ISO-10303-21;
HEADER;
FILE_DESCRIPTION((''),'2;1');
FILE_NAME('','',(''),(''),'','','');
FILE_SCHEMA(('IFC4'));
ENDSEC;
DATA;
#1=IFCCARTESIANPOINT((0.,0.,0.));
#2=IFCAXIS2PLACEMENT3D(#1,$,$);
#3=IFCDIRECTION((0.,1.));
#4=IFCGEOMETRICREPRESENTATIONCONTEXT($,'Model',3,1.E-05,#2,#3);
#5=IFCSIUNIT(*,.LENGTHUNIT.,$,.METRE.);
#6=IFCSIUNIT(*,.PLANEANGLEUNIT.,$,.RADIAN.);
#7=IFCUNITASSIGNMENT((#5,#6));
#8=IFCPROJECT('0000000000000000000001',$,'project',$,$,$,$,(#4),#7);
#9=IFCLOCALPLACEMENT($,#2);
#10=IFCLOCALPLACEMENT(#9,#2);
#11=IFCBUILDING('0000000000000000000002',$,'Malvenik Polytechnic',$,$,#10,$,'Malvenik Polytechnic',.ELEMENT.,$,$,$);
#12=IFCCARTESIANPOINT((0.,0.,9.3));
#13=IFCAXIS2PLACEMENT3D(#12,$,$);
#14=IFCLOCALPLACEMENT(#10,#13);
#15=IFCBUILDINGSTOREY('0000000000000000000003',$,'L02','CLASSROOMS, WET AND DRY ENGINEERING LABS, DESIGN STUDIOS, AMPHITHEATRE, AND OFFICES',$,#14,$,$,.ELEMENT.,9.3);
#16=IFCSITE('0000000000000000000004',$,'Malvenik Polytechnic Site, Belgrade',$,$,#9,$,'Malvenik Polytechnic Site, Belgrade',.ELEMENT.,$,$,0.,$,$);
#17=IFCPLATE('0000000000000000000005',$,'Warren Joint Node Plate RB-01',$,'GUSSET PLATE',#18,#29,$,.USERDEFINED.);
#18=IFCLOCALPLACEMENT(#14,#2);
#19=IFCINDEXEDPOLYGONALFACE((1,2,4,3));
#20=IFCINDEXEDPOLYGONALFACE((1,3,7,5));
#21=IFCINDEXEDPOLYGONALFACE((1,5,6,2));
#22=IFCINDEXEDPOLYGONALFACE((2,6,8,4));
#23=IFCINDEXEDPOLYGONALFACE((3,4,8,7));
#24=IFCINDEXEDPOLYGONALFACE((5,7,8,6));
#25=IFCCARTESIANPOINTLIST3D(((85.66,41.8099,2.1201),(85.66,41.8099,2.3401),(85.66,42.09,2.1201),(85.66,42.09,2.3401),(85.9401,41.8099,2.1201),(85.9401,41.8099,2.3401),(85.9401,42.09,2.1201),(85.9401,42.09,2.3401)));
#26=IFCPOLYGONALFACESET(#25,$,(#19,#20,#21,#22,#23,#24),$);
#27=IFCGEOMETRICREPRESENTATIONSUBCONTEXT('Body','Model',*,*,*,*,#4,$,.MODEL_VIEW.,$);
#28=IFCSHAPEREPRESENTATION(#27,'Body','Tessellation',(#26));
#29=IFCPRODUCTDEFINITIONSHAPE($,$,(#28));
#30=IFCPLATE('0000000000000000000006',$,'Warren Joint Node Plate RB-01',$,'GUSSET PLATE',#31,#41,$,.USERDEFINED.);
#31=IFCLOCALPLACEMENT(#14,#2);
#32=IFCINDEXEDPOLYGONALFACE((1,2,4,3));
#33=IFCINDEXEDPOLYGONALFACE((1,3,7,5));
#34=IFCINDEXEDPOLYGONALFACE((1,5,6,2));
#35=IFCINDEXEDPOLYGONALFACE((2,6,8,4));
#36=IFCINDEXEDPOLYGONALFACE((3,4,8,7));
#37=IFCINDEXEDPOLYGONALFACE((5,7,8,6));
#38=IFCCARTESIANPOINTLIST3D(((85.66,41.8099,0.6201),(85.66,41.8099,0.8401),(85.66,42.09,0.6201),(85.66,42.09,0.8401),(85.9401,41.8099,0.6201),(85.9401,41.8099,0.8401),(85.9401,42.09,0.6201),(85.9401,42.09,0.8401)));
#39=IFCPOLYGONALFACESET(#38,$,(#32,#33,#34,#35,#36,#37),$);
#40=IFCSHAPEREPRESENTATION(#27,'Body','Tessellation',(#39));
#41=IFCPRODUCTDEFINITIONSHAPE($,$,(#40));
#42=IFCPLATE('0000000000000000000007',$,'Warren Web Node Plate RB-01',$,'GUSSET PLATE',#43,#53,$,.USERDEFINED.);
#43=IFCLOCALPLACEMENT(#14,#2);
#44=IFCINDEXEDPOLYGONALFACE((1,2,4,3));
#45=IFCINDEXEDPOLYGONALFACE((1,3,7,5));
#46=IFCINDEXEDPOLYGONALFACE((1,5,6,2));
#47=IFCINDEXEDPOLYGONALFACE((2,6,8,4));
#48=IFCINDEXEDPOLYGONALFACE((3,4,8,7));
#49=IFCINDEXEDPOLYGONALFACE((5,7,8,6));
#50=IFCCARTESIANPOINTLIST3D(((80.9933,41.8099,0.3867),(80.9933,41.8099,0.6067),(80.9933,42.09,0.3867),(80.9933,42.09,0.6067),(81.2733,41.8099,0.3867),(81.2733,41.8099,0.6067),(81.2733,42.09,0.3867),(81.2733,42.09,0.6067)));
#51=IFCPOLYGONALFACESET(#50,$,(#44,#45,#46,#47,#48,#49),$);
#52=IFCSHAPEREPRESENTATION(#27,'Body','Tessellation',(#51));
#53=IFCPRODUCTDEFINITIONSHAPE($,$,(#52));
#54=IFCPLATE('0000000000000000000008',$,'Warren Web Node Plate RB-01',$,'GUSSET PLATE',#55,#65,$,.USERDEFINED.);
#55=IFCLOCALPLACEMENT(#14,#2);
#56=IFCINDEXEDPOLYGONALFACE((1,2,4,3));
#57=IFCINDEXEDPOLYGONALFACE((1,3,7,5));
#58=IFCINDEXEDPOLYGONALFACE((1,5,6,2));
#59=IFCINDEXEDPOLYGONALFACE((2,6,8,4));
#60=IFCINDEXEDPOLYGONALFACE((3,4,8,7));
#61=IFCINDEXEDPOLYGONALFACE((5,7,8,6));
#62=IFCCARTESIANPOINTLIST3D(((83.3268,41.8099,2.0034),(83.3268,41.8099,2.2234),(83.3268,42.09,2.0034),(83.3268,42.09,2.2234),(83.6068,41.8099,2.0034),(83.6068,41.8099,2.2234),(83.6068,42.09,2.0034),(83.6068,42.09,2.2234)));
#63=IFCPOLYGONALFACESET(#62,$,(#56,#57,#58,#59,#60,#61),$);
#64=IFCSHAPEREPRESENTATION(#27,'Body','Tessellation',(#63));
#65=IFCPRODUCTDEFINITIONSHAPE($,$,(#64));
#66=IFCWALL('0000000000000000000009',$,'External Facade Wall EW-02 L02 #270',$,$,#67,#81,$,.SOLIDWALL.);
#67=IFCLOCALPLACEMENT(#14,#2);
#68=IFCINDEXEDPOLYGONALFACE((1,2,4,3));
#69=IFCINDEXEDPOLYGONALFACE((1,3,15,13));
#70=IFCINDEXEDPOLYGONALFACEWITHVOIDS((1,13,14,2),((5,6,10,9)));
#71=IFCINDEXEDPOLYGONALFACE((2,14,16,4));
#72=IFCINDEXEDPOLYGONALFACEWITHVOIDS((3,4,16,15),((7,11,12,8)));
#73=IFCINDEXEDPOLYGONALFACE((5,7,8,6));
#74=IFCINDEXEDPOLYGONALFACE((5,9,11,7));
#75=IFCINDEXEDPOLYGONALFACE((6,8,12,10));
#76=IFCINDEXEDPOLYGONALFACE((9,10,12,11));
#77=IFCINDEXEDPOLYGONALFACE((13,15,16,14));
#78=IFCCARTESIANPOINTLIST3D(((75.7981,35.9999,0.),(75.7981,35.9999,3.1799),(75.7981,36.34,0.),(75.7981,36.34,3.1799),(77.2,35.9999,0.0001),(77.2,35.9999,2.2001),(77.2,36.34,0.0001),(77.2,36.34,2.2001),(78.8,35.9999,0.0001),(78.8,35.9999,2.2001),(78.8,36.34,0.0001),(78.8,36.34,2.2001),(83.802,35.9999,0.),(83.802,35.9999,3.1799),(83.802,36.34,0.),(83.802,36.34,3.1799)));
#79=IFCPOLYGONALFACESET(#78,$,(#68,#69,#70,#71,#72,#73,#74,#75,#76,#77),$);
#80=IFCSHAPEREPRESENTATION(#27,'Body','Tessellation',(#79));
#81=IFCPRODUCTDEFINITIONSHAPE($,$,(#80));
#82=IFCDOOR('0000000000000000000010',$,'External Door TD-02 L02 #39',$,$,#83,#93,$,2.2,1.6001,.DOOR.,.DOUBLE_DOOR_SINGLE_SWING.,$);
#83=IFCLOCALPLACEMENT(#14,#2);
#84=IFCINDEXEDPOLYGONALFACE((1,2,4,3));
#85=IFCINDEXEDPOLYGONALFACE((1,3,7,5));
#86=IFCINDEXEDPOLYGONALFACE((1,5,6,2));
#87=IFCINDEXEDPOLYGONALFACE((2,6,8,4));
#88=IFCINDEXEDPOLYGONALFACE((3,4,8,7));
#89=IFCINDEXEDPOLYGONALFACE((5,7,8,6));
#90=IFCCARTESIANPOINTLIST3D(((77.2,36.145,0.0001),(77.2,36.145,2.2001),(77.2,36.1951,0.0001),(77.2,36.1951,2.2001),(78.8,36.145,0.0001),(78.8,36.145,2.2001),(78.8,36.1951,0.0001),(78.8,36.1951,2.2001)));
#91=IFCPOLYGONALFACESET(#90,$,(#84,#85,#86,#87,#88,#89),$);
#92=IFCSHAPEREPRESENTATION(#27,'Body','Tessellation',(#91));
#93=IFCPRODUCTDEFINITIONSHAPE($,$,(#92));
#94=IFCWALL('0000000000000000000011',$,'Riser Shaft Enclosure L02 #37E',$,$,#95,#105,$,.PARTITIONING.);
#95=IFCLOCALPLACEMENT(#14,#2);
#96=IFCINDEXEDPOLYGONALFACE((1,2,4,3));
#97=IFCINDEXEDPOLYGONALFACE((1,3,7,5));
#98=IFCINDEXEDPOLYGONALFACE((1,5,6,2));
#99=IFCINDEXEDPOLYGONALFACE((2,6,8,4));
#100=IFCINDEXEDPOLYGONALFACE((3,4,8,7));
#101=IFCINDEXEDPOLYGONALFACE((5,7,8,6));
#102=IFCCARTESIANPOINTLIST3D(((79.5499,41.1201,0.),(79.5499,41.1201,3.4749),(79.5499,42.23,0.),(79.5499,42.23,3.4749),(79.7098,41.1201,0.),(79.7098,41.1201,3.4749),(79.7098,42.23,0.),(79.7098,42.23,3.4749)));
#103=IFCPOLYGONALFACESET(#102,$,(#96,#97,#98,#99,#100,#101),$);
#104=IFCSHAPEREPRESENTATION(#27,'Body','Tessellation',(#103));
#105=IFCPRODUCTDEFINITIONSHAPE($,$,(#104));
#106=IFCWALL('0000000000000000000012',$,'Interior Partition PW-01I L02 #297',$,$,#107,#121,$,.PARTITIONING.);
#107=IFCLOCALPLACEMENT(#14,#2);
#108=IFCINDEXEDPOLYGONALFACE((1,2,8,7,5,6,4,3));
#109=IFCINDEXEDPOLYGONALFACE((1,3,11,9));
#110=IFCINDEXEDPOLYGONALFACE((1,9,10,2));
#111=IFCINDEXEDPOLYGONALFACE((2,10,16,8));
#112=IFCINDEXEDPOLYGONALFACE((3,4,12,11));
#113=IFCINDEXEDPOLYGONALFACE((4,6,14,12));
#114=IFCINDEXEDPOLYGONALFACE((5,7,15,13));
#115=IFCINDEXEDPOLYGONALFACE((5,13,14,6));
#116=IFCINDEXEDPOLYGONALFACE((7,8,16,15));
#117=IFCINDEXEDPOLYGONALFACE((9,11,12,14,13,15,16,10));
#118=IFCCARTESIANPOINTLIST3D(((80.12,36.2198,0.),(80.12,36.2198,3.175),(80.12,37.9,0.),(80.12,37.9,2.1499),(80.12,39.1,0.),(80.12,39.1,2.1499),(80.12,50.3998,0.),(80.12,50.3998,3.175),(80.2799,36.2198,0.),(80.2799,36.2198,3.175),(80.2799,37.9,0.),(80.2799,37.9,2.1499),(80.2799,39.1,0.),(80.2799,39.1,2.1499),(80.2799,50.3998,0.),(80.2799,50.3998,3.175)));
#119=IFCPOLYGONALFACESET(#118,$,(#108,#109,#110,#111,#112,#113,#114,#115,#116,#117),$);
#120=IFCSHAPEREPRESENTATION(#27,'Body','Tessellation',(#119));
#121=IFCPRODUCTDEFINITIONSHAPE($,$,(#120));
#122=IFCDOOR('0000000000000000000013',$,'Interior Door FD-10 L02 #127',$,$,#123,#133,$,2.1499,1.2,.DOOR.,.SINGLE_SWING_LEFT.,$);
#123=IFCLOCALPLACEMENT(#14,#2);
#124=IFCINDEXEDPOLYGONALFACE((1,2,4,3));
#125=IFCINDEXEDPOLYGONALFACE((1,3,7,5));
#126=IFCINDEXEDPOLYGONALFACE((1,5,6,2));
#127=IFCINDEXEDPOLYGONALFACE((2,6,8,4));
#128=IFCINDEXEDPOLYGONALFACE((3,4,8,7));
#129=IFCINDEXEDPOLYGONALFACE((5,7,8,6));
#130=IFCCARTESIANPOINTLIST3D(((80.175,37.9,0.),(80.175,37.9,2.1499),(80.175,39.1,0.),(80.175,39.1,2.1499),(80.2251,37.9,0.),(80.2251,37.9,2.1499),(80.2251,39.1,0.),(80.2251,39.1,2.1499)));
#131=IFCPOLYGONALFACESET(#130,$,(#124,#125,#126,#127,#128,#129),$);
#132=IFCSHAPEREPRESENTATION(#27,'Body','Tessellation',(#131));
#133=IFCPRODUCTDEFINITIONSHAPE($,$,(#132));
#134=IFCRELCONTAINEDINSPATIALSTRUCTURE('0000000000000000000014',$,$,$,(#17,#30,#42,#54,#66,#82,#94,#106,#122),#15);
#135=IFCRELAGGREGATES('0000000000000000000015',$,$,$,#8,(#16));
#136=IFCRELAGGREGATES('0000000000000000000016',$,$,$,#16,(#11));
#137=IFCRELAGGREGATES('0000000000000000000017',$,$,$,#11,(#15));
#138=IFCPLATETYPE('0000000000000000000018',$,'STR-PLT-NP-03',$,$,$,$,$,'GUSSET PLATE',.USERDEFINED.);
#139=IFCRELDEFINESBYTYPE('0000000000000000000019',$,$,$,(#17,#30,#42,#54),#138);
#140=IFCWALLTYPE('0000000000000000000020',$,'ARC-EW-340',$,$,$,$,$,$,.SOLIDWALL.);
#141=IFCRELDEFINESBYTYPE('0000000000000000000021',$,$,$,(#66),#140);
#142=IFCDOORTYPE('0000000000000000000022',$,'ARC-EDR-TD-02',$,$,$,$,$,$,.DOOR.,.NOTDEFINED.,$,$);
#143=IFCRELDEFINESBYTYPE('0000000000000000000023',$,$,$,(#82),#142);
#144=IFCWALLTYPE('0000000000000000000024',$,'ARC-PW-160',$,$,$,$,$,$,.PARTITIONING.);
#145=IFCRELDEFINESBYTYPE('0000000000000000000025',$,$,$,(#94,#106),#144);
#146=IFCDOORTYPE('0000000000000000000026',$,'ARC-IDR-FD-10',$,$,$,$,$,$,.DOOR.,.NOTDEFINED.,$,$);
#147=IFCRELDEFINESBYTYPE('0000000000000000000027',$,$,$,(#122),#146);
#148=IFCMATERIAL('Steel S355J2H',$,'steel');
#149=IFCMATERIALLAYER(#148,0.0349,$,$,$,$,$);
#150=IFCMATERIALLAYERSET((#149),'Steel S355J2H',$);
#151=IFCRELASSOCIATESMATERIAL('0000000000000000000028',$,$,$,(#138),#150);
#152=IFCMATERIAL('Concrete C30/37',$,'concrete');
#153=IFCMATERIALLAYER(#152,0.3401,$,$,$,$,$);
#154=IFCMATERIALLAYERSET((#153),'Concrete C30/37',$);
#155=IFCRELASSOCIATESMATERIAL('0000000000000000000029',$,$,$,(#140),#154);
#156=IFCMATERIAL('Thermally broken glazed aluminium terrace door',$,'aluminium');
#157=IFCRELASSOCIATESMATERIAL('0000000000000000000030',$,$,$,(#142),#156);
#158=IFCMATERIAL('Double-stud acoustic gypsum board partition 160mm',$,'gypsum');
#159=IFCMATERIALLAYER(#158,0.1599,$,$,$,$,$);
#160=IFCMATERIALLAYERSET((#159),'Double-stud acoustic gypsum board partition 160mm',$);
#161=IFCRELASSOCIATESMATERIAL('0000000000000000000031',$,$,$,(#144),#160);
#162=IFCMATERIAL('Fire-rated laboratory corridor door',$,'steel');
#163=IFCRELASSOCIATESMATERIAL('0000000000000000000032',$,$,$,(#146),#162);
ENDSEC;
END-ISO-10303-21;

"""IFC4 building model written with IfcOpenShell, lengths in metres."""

from ifc_helpers import new_model, si_unit, direction, frame, frame_2d, origin, origin_2d, place, context, subcontext, project, spatial, rectangle, extrude, material, layer, layer_set, type_object, element, fill, save


model = new_model("IFC4")

# Units and contexts
model_context = context("Model", 3, precision=1e-05, world=origin(), true_north=direction((0.0, 1.0)))
body_context = subcontext(model_context, "Body", "Model", "MODEL_VIEW")
ifc_project = project(units=[si_unit("LENGTHUNIT", "METRE"), si_unit("PLANEANGLEUNIT", "RADIAN")], contexts=[model_context])

# Site, building, storey
site_placement = place(None, origin())
site = spatial("IfcSite", under=ifc_project, at=site_placement, Name="Malvenik Polytechnic Site, Belgrade", LongName="Malvenik Polytechnic Site, Belgrade", CompositionType="ELEMENT", RefElevation=0.0)
building_placement = place(site_placement, origin())
building = spatial("IfcBuilding", under=site, at=building_placement, Name="Malvenik Polytechnic", LongName="Malvenik Polytechnic", CompositionType="ELEMENT")
storey_placement = place(building_placement, frame((0.0, 0.0, 9.3)))
storey = spatial("IfcBuildingStorey", under=building, at=storey_placement, Name="L02", Description="CLASSROOMS, WET AND DRY ENGINEERING LABS, DESIGN STUDIOS, AMPHITHEATRE, AND OFFICES", CompositionType="ELEMENT", Elevation=9.3)

# Shared definitions
ifc_material_1 = material(Name="Concrete C30/37", Category="concrete")

# Shared definitions
ifc_material_2 = material(Name="Steel S355J2H", Category="steel")

# Plates
ifc_layer_1 = layer(ifc_material_2, 0.0349)
ifc_layer_set_1 = layer_set([ifc_layer_1], Name="Steel S355J2H")
plate_type = type_object("IfcPlateType", Name="STR-PLT-NP-03", ElementType="GUSSET PLATE", PredefinedType="USERDEFINED", material=ifc_layer_set_1)
for number, where, z_axis, x_axis, name in (
    (1, (85.8, 41.95, 2.1201), (0.0, 0.0, 1.0), (1.0, 0.0, 0.0), "Warren Joint Node Plate RB-01"),
    (2, (85.8, 41.95, 0.6201), (0.0, 0.0, 1.0), (1.0, 0.0, 0.0), "Warren Joint Node Plate RB-01"),
    (3, (81.1333, 41.95, 0.3867), (0.0, 0.0, 1.0), (1.0, 0.0, 0.0), "Warren Web Node Plate RB-01"),
    (4, (83.4668, 41.95, 2.0034), (0.0, 0.0, 1.0), (1.0, 0.0, 0.0), "Warren Web Node Plate RB-01"),
):
    element("IfcPlate", number, at=place(storey_placement, frame(where, z_axis=z_axis, x_axis=x_axis)), inside=storey, type_object=plate_type, Name=name, ObjectType="GUSSET PLATE", PredefinedType="USERDEFINED", context=body_context, shape_type="SweptSolid", body=[
        extrude(rectangle(XDim=0.28, YDim=0.28, at=origin_2d()), origin(), (0.0, 0.0, 1.0), 0.22),
    ])

# Wall, opening, door
ifc_layer_2 = layer(ifc_material_1, 0.3401)
ifc_layer_set_2 = layer_set([ifc_layer_2], Name="Concrete C30/37")
wall_type_1 = type_object("IfcWallType", Name="ARC-EW-340", PredefinedType="SOLIDWALL", material=ifc_layer_set_2)
wall_1_placement = place(storey_placement, frame((83.802, 36.1699, 0.0), z_axis=(0.0, 0.0, 1.0), x_axis=(-1.0, 0.0, 0.0)))
wall_1 = element("IfcWall", 5, at=wall_1_placement, inside=storey, type_object=wall_type_1, Name="External Facade Wall EW-02 L02 #270", PredefinedType="SOLIDWALL", context=body_context, shape_type="SweptSolid", body=[
    extrude(rectangle(XDim=8.0039, YDim=0.3401, at=frame_2d((4.002, 0.0))), origin(), (0.0, 0.0, 1.0), 3.1799),
])
opening_1_placement = place(wall_1_placement, frame((5.002, 0.0, 0.0)))
opening_1 = element("IfcOpeningElement", 6, at=opening_1_placement, cuts=wall_1, PredefinedType="OPENING", context=body_context, shape_type="SweptSolid", body=[
    extrude(rectangle(XDim=1.6001, YDim=2.2, at=frame_2d((0.8, 1.1001))), frame((0.0, 0.1802, 0.0), z_axis=(0.0, -1.0, 0.0), x_axis=(1.0, 0.0, 0.0)), (0.0, 0.0, 1.0), 0.3601),
])
ifc_material_3 = material(Name="Thermally broken glazed aluminium terrace door", Category="aluminium")
door_type_1 = type_object("IfcDoorType", Name="ARC-EDR-TD-02", OperationType="NOTDEFINED", PredefinedType="DOOR", material=ifc_material_3)
door_1_placement = place(opening_1_placement, origin())
door_1 = element("IfcDoor", 7, at=door_1_placement, inside=storey, type_object=door_type_1, Name="External Door TD-02 L02 #39", OperationType="DOUBLE_DOOR_SINGLE_SWING", OverallHeight=2.2, OverallWidth=1.6001, PredefinedType="DOOR", context=body_context, shape_type="SweptSolid", body=[
    extrude(rectangle(XDim=1.6001, YDim=2.2, at=frame_2d((0.8, 1.1001))), frame((0.0, 0.0249, 0.0), z_axis=(0.0, -1.0, 0.0), x_axis=(1.0, 0.0, 0.0)), (0.0, 0.0, 1.0), 0.05),
])
fill(opening_1, door_1)

# Wall
ifc_material_4 = material(Name="Double-stud acoustic gypsum board partition 160mm", Category="gypsum")
ifc_layer_3 = layer(ifc_material_4, 0.1599)
ifc_layer_set_3 = layer_set([ifc_layer_3], Name="Double-stud acoustic gypsum board partition 160mm")
wall_type_2 = type_object("IfcWallType", Name="ARC-PW-160", PredefinedType="PARTITIONING", material=ifc_layer_set_3)
wall_2_placement = place(storey_placement, frame((79.6299, 41.1201, 0.0), z_axis=(0.0, 0.0, 1.0), x_axis=(0.0, 1.0, 0.0)))
element("IfcWall", 8, at=wall_2_placement, inside=storey, type_object=wall_type_2, Name="Riser Shaft Enclosure L02 #37E", PredefinedType="PARTITIONING", context=body_context, shape_type="SweptSolid", body=[
    extrude(rectangle(XDim=1.1099, YDim=0.1599, at=frame_2d((0.5549, 0.0))), origin(), (0.0, 0.0, 1.0), 3.4749),
])

# Wall, opening, door
wall_3_placement = place(storey_placement, frame((80.2, 36.22, 0.0), z_axis=(0.0, 0.0, 1.0), x_axis=(0.0, 1.0, 0.0)))
wall_3 = element("IfcWall", 9, at=wall_3_placement, inside=storey, type_object=wall_type_2, Name="Interior Partition PW-01I L02 #297", PredefinedType="PARTITIONING", context=body_context, shape_type="SweptSolid", body=[
    extrude(rectangle(XDim=14.1799, YDim=0.1599, at=frame_2d((7.0898, 0.0))), origin(), (0.0, 0.0, 1.0), 3.175),
])
opening_2_placement = place(wall_3_placement, frame((1.6799, 0.0, 0.0)))
opening_2 = element("IfcOpeningElement", 10, at=opening_2_placement, cuts=wall_3, PredefinedType="OPENING", context=body_context, shape_type="SweptSolid", body=[
    extrude(rectangle(XDim=1.2, YDim=2.1499, at=frame_2d((0.6001, 1.075))), frame((0.0, 0.0898, 0.0), z_axis=(0.0, -1.0, 0.0), x_axis=(1.0, 0.0, 0.0)), (0.0, 0.0, 1.0), 0.1799),
])
ifc_material_5 = material(Name="Fire-rated laboratory corridor door", Category="steel")
door_type_2 = type_object("IfcDoorType", Name="ARC-IDR-FD-10", OperationType="NOTDEFINED", PredefinedType="DOOR", material=ifc_material_5)
door_2_placement = place(opening_2_placement, origin())
door_2 = element("IfcDoor", 11, at=door_2_placement, inside=storey, type_object=door_type_2, Name="Interior Door FD-10 L02 #127", OperationType="SINGLE_SWING_LEFT", OverallHeight=2.1499, OverallWidth=1.2, PredefinedType="DOOR", context=body_context, shape_type="SweptSolid", body=[
    extrude(rectangle(XDim=1.2, YDim=2.1499, at=frame_2d((0.6001, 1.075))), frame((0.0, 0.0249, 0.0), z_axis=(0.0, -1.0, 0.0), x_axis=(1.0, 0.0, 0.0)), (0.0, 0.0, 1.0), 0.05),
])
fill(opening_2, door_2)

save(model, "model.ifc")
